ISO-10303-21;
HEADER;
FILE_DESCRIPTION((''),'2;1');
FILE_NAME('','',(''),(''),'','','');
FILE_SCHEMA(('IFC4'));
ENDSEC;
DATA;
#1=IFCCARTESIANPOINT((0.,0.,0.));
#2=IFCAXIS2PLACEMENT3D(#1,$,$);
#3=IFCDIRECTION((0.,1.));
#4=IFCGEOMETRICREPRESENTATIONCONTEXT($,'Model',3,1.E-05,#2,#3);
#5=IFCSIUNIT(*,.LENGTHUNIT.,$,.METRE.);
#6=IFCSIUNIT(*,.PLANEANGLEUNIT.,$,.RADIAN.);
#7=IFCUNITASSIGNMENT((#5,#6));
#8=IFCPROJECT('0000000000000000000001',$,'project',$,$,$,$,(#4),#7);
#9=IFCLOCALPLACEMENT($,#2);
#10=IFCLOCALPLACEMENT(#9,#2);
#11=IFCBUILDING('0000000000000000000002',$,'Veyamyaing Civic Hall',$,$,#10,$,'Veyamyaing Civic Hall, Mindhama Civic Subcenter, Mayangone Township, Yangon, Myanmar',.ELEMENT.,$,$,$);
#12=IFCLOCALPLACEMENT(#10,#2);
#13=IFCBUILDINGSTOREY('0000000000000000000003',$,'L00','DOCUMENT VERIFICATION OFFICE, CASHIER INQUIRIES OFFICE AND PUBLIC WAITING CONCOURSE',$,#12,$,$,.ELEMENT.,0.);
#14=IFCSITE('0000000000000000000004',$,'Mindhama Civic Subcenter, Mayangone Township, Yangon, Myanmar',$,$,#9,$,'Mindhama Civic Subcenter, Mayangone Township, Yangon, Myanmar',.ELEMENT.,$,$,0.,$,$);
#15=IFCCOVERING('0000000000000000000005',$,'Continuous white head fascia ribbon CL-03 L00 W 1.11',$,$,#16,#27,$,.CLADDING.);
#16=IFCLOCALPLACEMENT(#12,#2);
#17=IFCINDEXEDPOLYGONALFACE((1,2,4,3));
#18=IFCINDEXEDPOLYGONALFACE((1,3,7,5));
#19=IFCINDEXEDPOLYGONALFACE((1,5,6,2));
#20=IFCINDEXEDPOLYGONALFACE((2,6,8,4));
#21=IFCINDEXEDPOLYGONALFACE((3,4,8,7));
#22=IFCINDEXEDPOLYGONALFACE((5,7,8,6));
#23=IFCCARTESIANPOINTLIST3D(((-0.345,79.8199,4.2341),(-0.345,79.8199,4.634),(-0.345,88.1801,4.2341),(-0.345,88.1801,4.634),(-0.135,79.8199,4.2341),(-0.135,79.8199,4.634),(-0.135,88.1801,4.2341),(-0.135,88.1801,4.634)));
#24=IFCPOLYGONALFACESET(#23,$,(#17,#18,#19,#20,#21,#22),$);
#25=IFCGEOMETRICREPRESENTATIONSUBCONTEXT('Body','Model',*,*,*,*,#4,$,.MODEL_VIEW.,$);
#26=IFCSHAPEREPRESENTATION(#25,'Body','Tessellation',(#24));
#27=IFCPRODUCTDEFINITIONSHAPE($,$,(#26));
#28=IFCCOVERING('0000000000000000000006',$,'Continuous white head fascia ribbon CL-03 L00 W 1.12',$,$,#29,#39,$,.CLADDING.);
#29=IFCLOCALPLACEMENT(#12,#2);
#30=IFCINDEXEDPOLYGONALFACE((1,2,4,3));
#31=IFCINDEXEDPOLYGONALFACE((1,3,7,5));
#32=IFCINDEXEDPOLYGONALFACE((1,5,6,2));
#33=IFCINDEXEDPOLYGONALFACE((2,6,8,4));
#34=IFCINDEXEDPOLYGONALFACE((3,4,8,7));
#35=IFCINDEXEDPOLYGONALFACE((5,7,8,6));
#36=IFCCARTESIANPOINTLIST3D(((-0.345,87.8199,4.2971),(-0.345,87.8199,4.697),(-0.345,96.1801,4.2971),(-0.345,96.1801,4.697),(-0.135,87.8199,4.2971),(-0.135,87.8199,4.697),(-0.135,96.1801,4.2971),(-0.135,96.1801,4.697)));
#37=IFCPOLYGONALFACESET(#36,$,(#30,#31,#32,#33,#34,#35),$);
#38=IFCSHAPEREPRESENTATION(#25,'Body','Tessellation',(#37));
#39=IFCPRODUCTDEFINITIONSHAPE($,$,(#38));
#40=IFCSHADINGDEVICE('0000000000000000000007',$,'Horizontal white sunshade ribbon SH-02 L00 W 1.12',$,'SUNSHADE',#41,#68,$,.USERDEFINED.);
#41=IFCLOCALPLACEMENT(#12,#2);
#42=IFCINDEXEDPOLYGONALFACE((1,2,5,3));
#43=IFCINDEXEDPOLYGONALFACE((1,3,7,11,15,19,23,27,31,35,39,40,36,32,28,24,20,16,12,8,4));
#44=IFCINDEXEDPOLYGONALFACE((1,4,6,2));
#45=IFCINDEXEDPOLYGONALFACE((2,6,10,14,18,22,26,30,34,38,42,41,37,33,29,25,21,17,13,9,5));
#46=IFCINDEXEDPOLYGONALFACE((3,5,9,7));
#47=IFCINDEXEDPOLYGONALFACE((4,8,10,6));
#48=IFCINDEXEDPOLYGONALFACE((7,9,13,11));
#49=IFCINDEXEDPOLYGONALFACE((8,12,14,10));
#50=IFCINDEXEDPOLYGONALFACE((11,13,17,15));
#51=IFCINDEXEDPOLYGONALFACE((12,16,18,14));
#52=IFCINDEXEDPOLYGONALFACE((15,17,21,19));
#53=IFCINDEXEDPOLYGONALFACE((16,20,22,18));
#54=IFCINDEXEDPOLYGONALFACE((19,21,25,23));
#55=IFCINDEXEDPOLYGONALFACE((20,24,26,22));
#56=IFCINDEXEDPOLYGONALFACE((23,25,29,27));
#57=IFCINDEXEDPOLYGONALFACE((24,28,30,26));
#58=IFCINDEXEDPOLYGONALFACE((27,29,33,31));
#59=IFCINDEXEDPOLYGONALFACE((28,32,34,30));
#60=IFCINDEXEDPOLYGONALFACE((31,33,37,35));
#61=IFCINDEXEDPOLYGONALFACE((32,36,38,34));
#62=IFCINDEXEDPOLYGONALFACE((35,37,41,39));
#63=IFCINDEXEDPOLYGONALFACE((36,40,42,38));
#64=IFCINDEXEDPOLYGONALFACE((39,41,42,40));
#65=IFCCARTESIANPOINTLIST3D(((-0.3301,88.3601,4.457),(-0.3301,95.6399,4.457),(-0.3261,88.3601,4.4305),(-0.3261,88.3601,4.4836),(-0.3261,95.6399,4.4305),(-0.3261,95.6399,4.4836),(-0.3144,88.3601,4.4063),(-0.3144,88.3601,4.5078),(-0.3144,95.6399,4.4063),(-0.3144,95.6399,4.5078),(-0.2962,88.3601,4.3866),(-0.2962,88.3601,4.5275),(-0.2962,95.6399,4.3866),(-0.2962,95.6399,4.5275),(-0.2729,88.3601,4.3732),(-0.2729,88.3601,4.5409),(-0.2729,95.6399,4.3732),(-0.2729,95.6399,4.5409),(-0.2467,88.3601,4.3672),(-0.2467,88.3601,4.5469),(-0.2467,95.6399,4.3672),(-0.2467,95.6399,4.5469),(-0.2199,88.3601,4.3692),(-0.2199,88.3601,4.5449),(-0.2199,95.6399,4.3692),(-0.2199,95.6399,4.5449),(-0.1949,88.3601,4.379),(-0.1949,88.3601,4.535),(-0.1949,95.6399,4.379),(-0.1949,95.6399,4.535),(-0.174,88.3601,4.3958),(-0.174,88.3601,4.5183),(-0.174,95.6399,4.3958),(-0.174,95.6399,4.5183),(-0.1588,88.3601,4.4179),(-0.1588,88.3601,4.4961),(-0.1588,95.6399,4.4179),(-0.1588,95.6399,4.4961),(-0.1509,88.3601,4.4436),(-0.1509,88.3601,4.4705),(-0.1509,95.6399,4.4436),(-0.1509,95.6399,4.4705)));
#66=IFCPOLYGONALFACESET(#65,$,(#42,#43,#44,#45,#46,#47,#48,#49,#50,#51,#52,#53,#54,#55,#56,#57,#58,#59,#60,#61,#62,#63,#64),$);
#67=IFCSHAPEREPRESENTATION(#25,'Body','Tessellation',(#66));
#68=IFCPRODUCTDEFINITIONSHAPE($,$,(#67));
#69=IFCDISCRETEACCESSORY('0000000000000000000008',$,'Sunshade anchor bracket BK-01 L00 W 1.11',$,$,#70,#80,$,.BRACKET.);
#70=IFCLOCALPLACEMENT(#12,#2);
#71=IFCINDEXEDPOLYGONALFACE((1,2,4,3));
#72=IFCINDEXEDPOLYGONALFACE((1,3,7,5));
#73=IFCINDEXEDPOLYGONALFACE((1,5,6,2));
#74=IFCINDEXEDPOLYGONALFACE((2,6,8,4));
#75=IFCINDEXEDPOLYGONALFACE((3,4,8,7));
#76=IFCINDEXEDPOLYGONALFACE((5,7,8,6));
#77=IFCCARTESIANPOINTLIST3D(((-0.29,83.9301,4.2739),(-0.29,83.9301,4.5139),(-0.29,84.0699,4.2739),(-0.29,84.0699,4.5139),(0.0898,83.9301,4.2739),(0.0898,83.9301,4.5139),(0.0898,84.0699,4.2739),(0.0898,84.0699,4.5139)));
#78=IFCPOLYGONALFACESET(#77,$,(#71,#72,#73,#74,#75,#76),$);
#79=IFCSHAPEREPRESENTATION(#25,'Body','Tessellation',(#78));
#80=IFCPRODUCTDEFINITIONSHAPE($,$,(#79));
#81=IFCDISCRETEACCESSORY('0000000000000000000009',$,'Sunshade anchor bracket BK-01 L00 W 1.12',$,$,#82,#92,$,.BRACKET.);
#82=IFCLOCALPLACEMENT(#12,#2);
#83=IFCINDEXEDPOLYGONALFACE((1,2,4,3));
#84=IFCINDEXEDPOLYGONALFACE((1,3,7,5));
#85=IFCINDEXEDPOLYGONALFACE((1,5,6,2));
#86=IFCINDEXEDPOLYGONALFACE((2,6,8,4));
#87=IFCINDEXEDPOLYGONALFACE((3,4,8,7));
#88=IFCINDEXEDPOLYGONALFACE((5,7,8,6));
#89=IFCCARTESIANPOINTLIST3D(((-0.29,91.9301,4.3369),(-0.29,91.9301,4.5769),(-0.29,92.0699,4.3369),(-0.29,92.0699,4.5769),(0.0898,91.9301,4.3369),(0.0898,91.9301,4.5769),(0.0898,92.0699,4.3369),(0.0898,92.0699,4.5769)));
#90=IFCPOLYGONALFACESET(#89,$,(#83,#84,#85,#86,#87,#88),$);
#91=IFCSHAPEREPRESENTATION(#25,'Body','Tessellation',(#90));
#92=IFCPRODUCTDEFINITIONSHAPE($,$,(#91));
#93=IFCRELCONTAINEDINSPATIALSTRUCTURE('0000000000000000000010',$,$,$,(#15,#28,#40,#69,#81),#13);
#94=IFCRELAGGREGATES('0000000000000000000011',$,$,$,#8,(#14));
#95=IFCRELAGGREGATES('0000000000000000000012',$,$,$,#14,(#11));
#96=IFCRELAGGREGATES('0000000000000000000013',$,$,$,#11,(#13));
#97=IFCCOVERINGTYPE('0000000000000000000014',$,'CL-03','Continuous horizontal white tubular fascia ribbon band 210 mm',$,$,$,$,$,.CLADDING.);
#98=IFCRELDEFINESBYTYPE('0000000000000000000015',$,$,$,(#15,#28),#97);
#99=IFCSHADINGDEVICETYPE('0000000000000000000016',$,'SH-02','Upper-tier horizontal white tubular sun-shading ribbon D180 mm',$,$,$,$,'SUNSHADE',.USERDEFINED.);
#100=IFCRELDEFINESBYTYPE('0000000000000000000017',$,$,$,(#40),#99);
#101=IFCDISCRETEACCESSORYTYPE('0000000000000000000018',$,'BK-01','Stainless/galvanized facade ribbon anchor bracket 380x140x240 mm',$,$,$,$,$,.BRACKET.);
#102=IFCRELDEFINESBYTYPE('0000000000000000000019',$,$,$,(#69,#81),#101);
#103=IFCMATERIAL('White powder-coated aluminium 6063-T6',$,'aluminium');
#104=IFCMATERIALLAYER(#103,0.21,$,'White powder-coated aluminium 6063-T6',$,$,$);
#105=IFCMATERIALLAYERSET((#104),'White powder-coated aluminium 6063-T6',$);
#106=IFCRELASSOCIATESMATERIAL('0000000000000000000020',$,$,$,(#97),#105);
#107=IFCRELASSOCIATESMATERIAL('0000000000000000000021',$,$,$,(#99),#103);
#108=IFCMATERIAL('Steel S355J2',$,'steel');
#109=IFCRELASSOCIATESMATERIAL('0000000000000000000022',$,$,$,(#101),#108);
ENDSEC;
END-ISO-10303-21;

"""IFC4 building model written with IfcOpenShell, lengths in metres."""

from ifc_helpers import new_model, si_unit, direction, frame, origin, origin_2d, place, context, subcontext, project, spatial, rectangle, circle, extrude, material, layer, layer_set, material_profile, profile_set, type_object, element, save


model = new_model("IFC4")

# Units and contexts
model_context = context("Model", 3, precision=1e-05, world=origin(), true_north=direction((0.0, 1.0)))
body_context = subcontext(model_context, "Body", "Model", "MODEL_VIEW")
ifc_project = project(units=[si_unit("LENGTHUNIT", "METRE"), si_unit("PLANEANGLEUNIT", "RADIAN")], contexts=[model_context])

# Site, building, storey
site_placement = place(None, origin())
site = spatial("IfcSite", under=ifc_project, at=site_placement, Name="Mindhama Civic Subcenter, Mayangone Township, Yangon, Myanmar", LongName="Mindhama Civic Subcenter, Mayangone Township, Yangon, Myanmar", CompositionType="ELEMENT", RefElevation=0.0)
building_placement = place(site_placement, origin())
building = spatial("IfcBuilding", under=site, at=building_placement, Name="Veyamyaing Civic Hall", LongName="Veyamyaing Civic Hall, Mindhama Civic Subcenter, Mayangone Township, Yangon, Myanmar", CompositionType="ELEMENT")
storey_placement = place(building_placement, origin())
storey = spatial("IfcBuildingStorey", under=building, at=storey_placement, Name="L00", Description="DOCUMENT VERIFICATION OFFICE, CASHIER INQUIRIES OFFICE AND PUBLIC WAITING CONCOURSE", CompositionType="ELEMENT", Elevation=0.0)

# Coverings
ifc_material_1 = material(Name="White powder-coated aluminium 6063-T6", Category="aluminium")
ifc_layer_1 = layer(ifc_material_1, 0.21, Name="White powder-coated aluminium 6063-T6")
ifc_layer_set_1 = layer_set([ifc_layer_1], Name="White powder-coated aluminium 6063-T6")
covering_type_1 = type_object("IfcCoveringType", Name="CL-03", Description="Continuous horizontal white tubular fascia ribbon band 210 mm", PredefinedType="CLADDING", material=ifc_layer_set_1)
for number, where, z_axis, x_axis, name in (
    (1, (-0.24, 84.0, 4.2341), (0.0, 0.0, 1.0), (0.0, 1.0, 0.0), "Continuous white head fascia ribbon CL-03 L00 W 1.11"),
    (2, (-0.24, 92.0, 4.2971), (0.0, 0.0, 1.0), (0.0, 1.0, 0.0), "Continuous white head fascia ribbon CL-03 L00 W 1.12"),
):
    element("IfcCovering", number, at=place(storey_placement, frame(where, z_axis=z_axis, x_axis=x_axis)), inside=storey, type_object=covering_type_1, Name=name, PredefinedType="CLADDING", context=body_context, shape_type="SweptSolid", body=[
        extrude(rectangle(XDim=8.3601, YDim=0.21, at=origin_2d()), origin(), (0.0, 0.0, 1.0), 0.3999),
    ])

# Shading device
ifc_material_profile_1 = material_profile(ifc_material_1, circle(Radius=0.0901, at=origin_2d()), Name="SHADE-TUBE-180")
ifc_profile_set_1 = profile_set([ifc_material_profile_1], Name="White powder-coated aluminium 6063-T6")
shading_device_type = type_object("IfcShadingDeviceType", Name="SH-02", Description="Upper-tier horizontal white tubular sun-shading ribbon D180 mm", ElementType="SUNSHADE", PredefinedType="USERDEFINED", material=ifc_profile_set_1)
shading_device_placement = place(storey_placement, frame((-0.24, 88.3601, 4.457), z_axis=(0.0, 1.0, 0.0), x_axis=(-1.0, 0.0, 0.0)))
element("IfcShadingDevice", 3, at=shading_device_placement, inside=storey, type_object=shading_device_type, Name="Horizontal white sunshade ribbon SH-02 L00 W 1.12", ObjectType="SUNSHADE", PredefinedType="USERDEFINED", context=body_context, shape_type="SweptSolid", body=[
    extrude(circle(Radius=0.0901, at=origin_2d()), origin(), (0.0, 0.0, 1.0), 7.2798),
])

# Discrete accessories
ifc_material_2 = material(Name="Steel S355J2", Category="steel")
discrete_accessory_type = type_object("IfcDiscreteAccessoryType", Name="BK-01", Description="Stainless/galvanized facade ribbon anchor bracket 380x140x240 mm", PredefinedType="BRACKET", material=ifc_material_2)
for number, where, z_axis, x_axis, name in (
    (4, (-0.1001, 84.0, 4.2739), (0.0, 0.0, 1.0), (-1.0, 0.0, 0.0), "Sunshade anchor bracket BK-01 L00 W 1.11"),
    (5, (-0.1001, 92.0, 4.3369), (0.0, 0.0, 1.0), (-1.0, 0.0, 0.0), "Sunshade anchor bracket BK-01 L00 W 1.12"),
):
    element("IfcDiscreteAccessory", number, at=place(storey_placement, frame(where, z_axis=z_axis, x_axis=x_axis)), inside=storey, type_object=discrete_accessory_type, Name=name, PredefinedType="BRACKET", context=body_context, shape_type="SweptSolid", body=[
        extrude(rectangle(XDim=0.3799, YDim=0.1399, at=origin_2d()), origin(), (0.0, 0.0, 1.0), 0.24),
    ])

save(model, "model.ifc")
